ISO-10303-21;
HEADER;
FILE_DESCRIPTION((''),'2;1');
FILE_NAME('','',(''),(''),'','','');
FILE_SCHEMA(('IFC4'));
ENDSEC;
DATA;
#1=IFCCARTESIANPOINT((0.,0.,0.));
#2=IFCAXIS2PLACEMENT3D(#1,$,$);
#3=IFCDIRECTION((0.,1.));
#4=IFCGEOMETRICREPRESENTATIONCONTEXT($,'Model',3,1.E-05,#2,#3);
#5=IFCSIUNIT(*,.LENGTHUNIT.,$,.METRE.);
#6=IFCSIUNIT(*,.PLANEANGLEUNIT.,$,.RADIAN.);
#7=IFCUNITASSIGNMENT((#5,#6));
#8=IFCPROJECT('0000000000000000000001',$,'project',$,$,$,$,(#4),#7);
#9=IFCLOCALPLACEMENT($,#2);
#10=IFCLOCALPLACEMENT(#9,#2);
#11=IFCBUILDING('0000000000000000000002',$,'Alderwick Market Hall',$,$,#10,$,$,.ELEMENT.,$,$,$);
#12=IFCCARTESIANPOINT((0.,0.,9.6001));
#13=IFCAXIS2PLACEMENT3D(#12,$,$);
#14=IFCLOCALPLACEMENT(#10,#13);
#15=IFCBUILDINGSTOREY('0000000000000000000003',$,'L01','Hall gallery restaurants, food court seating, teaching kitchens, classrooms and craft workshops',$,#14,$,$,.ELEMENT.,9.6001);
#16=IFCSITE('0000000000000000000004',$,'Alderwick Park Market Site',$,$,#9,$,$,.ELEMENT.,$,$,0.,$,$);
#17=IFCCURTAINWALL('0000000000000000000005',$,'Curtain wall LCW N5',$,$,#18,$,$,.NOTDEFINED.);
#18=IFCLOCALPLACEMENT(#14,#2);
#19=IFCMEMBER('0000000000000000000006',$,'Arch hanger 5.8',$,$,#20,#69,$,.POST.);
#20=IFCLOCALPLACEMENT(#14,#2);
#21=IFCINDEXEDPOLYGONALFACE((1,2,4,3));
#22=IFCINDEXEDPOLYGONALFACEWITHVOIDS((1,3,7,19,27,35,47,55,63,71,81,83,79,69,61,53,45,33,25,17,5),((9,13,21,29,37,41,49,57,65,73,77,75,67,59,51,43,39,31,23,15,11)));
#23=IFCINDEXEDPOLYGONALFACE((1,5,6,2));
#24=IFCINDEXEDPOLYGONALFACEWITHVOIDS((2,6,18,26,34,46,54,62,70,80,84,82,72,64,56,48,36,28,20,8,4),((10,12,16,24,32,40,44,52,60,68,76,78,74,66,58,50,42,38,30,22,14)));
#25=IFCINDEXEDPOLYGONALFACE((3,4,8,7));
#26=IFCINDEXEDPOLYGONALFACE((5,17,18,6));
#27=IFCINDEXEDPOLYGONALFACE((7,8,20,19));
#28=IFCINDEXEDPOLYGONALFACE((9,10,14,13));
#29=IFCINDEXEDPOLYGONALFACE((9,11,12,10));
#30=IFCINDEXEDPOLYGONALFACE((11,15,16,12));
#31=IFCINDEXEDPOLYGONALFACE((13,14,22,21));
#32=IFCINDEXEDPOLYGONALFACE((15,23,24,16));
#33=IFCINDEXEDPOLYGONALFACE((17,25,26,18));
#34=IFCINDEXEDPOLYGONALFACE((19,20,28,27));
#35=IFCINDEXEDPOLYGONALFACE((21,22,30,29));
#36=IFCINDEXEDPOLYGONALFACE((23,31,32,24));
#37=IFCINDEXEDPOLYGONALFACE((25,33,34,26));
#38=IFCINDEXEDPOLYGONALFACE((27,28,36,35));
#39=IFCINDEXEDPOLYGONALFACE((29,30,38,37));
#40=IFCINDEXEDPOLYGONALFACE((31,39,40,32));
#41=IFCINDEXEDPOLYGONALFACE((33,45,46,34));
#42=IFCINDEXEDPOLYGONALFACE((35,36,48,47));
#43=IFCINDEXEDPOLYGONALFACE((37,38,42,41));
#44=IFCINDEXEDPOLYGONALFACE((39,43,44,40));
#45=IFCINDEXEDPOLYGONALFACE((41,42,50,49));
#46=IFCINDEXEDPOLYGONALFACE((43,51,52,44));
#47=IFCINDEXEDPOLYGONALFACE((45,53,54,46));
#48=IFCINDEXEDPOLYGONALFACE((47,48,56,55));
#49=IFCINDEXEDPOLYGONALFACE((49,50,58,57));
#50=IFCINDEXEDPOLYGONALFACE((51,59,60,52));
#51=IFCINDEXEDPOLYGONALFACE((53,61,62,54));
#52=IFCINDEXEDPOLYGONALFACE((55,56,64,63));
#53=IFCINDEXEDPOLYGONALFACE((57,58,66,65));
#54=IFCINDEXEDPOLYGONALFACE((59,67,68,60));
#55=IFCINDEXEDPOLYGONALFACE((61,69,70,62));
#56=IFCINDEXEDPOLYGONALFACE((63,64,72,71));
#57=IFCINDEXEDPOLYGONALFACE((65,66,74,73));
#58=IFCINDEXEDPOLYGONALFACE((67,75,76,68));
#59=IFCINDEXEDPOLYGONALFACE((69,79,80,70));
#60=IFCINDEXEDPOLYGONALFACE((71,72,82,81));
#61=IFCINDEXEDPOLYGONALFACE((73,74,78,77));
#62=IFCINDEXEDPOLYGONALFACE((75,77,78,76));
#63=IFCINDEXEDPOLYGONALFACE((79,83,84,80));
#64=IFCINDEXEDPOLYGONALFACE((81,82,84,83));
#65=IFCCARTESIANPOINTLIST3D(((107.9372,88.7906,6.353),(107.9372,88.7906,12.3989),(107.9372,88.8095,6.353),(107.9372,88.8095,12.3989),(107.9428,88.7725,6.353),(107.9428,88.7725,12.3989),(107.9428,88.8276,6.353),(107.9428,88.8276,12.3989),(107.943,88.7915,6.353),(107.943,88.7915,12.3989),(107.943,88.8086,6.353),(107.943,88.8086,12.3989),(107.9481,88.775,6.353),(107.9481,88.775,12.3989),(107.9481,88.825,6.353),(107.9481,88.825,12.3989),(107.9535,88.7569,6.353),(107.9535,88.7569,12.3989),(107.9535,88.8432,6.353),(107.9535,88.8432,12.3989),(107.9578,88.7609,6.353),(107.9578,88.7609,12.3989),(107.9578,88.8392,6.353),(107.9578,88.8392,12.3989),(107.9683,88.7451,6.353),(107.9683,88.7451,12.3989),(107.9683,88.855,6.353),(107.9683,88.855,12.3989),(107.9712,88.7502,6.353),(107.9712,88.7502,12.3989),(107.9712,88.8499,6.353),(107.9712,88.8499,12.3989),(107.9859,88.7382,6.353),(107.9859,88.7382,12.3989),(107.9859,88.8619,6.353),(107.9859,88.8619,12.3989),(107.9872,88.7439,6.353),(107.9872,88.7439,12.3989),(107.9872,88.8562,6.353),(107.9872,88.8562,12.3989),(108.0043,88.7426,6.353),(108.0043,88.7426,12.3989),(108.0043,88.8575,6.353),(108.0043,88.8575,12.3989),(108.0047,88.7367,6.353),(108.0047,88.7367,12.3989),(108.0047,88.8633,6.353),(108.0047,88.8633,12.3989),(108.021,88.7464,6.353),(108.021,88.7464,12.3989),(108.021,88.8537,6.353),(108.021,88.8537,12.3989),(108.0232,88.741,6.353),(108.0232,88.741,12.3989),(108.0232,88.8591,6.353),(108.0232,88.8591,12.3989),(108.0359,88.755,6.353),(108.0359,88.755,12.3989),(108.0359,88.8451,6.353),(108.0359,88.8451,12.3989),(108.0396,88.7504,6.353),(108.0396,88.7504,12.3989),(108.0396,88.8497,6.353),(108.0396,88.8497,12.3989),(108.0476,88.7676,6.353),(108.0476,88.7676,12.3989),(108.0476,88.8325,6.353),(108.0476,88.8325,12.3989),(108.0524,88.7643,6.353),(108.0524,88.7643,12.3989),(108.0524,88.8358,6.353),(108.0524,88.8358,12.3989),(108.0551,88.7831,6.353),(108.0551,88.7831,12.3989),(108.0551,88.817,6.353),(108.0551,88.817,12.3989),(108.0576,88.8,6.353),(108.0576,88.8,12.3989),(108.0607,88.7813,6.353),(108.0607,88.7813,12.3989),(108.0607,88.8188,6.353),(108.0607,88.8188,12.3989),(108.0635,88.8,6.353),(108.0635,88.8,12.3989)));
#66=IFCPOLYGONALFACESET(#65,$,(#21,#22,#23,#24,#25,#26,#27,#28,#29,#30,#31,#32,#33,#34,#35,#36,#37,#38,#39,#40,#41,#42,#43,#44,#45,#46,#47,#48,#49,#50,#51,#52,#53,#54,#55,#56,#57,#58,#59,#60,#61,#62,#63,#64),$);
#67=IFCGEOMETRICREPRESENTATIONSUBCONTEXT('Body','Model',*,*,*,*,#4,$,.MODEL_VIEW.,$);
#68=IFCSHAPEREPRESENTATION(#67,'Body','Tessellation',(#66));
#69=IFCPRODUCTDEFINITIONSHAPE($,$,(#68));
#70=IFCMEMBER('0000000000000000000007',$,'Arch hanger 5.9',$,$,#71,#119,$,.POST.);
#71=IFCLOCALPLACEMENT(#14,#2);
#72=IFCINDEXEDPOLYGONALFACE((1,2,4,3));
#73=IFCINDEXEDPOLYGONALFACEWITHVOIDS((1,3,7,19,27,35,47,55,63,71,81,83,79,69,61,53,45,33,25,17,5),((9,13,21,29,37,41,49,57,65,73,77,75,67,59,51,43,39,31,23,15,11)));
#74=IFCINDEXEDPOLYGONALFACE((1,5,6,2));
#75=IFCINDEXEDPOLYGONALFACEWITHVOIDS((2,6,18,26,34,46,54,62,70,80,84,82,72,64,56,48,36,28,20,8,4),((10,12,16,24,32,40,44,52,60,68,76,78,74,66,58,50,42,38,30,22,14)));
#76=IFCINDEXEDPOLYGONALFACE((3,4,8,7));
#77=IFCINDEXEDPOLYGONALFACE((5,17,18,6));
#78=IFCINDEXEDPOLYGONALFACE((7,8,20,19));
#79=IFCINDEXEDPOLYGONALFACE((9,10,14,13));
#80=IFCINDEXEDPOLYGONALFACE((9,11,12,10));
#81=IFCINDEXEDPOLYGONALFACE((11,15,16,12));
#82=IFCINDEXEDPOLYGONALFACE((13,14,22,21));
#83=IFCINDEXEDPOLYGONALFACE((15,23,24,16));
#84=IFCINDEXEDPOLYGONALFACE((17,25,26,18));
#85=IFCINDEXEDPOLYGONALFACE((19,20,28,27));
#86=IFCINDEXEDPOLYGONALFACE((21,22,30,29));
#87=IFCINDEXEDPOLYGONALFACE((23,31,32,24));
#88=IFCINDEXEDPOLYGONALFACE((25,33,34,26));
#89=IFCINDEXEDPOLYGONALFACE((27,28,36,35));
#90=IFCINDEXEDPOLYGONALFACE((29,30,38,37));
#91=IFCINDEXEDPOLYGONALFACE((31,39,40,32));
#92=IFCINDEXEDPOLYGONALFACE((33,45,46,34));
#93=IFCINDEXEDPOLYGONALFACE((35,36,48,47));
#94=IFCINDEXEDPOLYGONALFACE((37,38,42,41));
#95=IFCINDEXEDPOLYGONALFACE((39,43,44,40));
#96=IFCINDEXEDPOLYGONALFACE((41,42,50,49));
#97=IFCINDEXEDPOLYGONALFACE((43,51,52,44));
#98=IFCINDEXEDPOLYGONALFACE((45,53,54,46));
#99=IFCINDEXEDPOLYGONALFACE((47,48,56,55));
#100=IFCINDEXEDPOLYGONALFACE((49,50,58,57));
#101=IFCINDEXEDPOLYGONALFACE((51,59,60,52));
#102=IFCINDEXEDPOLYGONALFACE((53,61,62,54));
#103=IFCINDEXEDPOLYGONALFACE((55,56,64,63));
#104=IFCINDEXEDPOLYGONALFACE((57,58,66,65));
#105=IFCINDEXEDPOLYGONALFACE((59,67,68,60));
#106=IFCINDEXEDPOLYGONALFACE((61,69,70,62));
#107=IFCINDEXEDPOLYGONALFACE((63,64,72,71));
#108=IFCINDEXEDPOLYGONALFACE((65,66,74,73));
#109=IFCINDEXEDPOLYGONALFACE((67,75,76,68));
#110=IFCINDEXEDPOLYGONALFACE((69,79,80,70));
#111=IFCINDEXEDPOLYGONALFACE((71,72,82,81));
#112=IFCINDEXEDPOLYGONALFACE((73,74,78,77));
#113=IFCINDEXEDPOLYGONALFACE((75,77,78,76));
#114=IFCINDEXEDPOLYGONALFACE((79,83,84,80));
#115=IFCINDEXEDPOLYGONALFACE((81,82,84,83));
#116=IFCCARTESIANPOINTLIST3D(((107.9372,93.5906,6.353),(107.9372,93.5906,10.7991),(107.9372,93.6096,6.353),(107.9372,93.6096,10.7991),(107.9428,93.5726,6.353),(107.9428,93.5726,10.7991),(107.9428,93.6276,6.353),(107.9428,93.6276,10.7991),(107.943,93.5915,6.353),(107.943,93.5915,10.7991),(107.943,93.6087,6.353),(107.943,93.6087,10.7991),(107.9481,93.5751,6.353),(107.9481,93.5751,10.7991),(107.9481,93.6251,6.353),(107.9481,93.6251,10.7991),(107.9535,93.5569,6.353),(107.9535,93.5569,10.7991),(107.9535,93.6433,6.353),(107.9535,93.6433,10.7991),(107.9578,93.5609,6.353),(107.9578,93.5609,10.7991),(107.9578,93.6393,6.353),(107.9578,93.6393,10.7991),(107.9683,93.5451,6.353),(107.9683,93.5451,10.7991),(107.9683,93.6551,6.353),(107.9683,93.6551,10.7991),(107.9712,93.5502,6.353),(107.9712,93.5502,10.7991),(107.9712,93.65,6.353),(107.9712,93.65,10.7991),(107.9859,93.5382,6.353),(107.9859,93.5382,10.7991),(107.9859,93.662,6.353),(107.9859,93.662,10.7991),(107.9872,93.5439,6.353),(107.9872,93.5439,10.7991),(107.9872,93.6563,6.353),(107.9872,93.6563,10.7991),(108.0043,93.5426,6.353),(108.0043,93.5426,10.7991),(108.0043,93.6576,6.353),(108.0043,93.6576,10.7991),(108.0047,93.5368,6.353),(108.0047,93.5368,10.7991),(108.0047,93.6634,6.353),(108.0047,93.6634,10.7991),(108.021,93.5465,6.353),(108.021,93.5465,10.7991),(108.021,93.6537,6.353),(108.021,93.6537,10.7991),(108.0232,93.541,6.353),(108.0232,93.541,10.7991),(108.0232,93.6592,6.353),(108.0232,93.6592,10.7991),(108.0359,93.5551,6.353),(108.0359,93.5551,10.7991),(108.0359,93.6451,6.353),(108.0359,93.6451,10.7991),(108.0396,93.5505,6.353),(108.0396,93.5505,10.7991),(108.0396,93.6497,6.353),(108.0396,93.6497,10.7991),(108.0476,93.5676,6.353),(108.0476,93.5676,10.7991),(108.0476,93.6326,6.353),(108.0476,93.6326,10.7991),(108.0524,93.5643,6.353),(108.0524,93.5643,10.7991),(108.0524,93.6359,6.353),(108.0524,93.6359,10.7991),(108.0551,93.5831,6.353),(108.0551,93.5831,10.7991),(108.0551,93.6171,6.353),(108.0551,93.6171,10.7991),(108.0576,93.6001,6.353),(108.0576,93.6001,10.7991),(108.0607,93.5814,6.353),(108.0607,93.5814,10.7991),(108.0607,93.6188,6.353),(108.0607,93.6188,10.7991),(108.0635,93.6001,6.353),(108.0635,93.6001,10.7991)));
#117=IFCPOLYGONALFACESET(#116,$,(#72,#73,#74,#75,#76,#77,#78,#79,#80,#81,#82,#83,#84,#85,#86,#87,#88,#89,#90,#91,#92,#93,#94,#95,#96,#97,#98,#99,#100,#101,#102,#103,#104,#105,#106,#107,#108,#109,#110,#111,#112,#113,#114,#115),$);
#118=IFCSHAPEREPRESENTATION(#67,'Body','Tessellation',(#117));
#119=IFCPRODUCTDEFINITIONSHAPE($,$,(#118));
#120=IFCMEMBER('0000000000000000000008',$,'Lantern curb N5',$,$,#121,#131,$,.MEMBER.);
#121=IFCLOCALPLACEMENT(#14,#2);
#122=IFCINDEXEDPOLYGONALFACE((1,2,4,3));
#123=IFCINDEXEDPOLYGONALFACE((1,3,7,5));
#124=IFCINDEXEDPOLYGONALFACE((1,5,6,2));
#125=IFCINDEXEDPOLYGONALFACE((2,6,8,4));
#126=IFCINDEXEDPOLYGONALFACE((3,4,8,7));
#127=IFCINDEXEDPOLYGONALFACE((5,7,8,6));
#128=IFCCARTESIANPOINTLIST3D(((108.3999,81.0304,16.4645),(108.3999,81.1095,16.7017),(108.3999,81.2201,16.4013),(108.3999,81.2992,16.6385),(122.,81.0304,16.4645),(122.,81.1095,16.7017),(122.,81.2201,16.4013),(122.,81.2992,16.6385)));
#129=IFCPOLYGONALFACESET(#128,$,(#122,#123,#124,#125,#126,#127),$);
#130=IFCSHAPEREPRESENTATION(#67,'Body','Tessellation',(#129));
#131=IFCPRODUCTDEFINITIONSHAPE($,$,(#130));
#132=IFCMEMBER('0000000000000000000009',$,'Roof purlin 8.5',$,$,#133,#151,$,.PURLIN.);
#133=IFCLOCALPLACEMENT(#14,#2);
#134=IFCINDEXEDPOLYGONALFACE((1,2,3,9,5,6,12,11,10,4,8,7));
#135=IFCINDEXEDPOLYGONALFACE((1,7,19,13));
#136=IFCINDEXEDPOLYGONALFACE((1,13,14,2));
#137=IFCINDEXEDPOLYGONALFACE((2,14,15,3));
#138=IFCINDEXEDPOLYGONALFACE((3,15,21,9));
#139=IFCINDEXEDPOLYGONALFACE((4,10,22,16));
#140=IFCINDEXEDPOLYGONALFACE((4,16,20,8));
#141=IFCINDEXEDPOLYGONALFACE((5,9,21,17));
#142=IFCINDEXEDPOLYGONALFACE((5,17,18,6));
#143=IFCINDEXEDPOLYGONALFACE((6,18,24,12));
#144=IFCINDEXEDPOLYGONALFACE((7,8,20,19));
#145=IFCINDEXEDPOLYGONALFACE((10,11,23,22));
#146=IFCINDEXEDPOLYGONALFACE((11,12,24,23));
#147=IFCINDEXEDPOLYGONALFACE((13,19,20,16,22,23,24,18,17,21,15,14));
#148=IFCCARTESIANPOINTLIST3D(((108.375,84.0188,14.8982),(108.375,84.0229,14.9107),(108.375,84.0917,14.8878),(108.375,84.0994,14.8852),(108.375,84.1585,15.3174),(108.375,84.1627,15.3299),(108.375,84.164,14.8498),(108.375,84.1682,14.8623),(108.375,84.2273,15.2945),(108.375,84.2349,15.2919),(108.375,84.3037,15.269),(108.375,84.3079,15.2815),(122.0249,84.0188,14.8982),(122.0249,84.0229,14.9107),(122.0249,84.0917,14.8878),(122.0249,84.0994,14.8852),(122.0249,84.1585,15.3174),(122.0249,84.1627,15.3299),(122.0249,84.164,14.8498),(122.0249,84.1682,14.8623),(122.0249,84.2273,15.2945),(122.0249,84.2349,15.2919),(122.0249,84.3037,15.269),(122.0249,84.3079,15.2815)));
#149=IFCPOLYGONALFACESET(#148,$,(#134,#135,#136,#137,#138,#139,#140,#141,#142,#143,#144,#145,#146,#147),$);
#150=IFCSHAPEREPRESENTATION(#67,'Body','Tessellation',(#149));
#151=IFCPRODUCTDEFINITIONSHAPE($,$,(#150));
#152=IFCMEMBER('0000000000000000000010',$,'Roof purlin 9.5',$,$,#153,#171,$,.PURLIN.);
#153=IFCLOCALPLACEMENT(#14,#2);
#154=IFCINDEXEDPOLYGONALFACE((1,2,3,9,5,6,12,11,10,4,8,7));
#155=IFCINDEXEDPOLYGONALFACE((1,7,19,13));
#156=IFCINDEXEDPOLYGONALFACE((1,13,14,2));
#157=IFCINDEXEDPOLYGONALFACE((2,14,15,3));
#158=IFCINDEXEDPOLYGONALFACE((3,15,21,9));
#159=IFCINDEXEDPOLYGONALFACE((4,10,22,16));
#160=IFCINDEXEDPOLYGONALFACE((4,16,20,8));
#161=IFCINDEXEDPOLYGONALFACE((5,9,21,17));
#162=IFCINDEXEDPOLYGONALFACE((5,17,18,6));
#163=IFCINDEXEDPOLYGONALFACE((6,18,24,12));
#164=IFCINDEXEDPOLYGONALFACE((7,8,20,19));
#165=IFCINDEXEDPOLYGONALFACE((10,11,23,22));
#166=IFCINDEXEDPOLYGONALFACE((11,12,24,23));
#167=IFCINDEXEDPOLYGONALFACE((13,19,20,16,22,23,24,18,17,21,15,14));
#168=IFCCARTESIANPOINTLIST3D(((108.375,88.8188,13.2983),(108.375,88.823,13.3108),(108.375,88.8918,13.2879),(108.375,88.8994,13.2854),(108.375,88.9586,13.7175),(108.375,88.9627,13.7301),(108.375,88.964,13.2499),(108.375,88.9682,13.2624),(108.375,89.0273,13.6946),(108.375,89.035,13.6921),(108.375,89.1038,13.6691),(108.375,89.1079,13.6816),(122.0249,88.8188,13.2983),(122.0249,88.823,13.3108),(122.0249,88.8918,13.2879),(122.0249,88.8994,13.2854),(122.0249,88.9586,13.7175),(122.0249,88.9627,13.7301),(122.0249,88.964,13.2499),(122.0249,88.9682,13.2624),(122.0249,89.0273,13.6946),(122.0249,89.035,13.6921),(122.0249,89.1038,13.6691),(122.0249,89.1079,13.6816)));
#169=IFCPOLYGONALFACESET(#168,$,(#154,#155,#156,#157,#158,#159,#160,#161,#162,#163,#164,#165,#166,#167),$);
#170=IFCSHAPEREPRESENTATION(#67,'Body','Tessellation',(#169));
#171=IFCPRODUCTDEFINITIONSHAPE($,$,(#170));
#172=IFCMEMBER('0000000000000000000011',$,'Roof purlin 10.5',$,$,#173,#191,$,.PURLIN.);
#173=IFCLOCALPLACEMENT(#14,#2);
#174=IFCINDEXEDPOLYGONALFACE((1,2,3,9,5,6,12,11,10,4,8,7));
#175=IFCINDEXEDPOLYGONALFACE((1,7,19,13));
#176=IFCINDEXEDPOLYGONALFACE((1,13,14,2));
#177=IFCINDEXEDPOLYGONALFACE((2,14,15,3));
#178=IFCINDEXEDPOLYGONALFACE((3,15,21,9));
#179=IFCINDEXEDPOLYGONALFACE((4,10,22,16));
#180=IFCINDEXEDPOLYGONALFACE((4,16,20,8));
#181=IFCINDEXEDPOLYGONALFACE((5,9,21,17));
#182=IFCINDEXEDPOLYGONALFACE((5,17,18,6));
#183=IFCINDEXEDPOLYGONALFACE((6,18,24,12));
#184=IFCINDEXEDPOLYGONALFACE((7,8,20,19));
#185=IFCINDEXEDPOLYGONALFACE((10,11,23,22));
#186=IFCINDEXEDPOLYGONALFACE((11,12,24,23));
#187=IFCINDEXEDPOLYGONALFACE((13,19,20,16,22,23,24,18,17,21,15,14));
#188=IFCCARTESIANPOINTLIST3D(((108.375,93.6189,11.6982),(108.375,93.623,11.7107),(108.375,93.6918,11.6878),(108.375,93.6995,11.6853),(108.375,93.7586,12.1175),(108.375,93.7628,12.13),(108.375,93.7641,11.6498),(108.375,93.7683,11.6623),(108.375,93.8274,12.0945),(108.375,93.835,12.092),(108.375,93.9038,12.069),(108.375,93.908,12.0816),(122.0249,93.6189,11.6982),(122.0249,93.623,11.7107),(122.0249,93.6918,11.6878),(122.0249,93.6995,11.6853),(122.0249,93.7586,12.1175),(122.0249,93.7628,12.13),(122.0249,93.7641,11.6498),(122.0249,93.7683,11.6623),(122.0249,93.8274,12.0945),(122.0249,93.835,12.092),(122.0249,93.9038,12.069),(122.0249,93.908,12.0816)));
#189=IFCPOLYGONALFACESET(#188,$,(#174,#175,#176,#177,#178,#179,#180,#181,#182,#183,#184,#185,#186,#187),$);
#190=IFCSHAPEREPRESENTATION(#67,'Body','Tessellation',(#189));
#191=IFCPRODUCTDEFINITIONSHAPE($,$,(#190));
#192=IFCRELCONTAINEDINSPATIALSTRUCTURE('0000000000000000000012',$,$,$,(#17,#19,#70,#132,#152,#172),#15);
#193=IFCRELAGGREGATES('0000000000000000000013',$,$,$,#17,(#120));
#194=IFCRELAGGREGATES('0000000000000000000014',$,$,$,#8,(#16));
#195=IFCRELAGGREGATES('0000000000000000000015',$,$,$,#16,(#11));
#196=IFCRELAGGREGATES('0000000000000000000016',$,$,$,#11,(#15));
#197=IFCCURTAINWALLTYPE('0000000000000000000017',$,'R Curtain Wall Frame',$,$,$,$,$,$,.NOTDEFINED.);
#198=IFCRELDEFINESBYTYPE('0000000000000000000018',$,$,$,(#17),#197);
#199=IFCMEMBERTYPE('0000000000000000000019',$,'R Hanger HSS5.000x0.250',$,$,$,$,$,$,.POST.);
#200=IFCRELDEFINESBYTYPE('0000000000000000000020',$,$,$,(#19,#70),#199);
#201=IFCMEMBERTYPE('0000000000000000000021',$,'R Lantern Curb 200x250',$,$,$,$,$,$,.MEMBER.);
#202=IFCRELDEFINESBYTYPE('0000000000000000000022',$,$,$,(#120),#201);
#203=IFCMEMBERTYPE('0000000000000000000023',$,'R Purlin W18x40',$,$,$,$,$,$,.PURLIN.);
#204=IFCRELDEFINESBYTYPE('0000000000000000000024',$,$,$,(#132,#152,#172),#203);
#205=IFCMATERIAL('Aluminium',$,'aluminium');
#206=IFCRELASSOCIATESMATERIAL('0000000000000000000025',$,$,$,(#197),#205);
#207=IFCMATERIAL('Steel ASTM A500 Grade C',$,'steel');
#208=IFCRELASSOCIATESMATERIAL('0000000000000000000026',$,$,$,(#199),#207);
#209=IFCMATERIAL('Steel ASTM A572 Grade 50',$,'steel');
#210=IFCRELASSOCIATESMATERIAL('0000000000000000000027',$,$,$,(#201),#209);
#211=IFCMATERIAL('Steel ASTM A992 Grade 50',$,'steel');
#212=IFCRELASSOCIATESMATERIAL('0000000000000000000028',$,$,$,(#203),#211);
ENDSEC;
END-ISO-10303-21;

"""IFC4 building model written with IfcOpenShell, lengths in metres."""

from ifc_helpers import new_model, si_unit, direction, frame, origin, origin_2d, place, context, subcontext, project, spatial, rectangle, hollow_circle, i_section, extrude, material, material_profile, profile_set, type_object, element, aggregate, save


model = new_model("IFC4")

# Units and contexts
model_context = context("Model", 3, precision=1e-05, world=origin(), true_north=direction((0.0, 1.0)))
body_context = subcontext(model_context, "Body", "Model", "MODEL_VIEW")
ifc_project = project(units=[si_unit("LENGTHUNIT", "METRE"), si_unit("PLANEANGLEUNIT", "RADIAN")], contexts=[model_context])

# Site, building, storey
site_placement = place(None, origin())
site = spatial("IfcSite", under=ifc_project, at=site_placement, Name="Alderwick Park Market Site", CompositionType="ELEMENT", RefElevation=0.0)
building_placement = place(site_placement, origin())
building = spatial("IfcBuilding", under=site, at=building_placement, Name="Alderwick Market Hall", CompositionType="ELEMENT")
storey_placement = place(building_placement, frame((0.0, 0.0, 9.6001)))
storey = spatial("IfcBuildingStorey", under=building, at=storey_placement, Name="L01", Description="Hall gallery restaurants, food court seating, teaching kitchens, classrooms and craft workshops", CompositionType="ELEMENT", Elevation=9.6001)

# Curtain wall
ifc_material_1 = material(Name="Aluminium", Category="aluminium")
curtain_wall_type = type_object("IfcCurtainWallType", Name="R Curtain Wall Frame", PredefinedType="NOTDEFINED", material=ifc_material_1)
curtain_wall_placement = place(storey_placement, origin())
curtain_wall = element("IfcCurtainWall", 1, at=curtain_wall_placement, inside=storey, type_object=curtain_wall_type, Name="Curtain wall LCW N5", PredefinedType="NOTDEFINED")

# Members
ifc_material_2 = material(Name="Steel ASTM A500 Grade C", Category="steel")
ifc_material_profile_1 = material_profile(ifc_material_2, hollow_circle(Radius=0.0635, WallThickness=0.0059, at=origin_2d()), Name="HSS5.000x0.250")
ifc_profile_set_1 = profile_set([ifc_material_profile_1], Name="Steel ASTM A500 Grade C")
member_type_1 = type_object("IfcMemberType", Name="R Hanger HSS5.000x0.250", PredefinedType="POST", material=ifc_profile_set_1)
member_1_placement = place(storey_placement, frame((108.0, 88.8, 6.353), z_axis=(0.0, 0.0, 1.0), x_axis=(1.0, 0.0, 0.0)))
element("IfcMember", 2, at=member_1_placement, inside=storey, type_object=member_type_1, Name="Arch hanger 5.8", PredefinedType="POST", context=body_context, shape_type="SweptSolid", body=[
    extrude(hollow_circle(Radius=0.0635, WallThickness=0.0059, at=origin_2d()), origin(), (0.0, 0.0, 1.0), 6.0459),
])
member_2_placement = place(storey_placement, frame((108.0, 93.6001, 6.353), z_axis=(0.0, 0.0, 1.0), x_axis=(1.0, 0.0, 0.0)))
element("IfcMember", 3, at=member_2_placement, inside=storey, type_object=member_type_1, Name="Arch hanger 5.9", PredefinedType="POST", context=body_context, shape_type="SweptSolid", body=[
    extrude(hollow_circle(Radius=0.0635, WallThickness=0.0059, at=origin_2d()), origin(), (0.0, 0.0, 1.0), 4.446),
])

# Member
ifc_material_3 = material(Name="Steel ASTM A572 Grade 50", Category="steel")
ifc_material_profile_2 = material_profile(ifc_material_3, rectangle(XDim=0.2, YDim=0.25, at=origin_2d()), Name="Steel plate curb 200x250")
ifc_profile_set_2 = profile_set([ifc_material_profile_2], Name="Steel ASTM A572 Grade 50")
member_type_2 = type_object("IfcMemberType", Name="R Lantern Curb 200x250", PredefinedType="MEMBER", material=ifc_profile_set_2)
member_3_placement = place(storey_placement, frame((108.3999, 81.1648, 16.5515), z_axis=(1.0, 0.0, 0.0), x_axis=(0.0, 0.948683, -0.316228)))
member_3 = element("IfcMember", 4, at=member_3_placement, type_object=member_type_2, Name="Lantern curb N5", PredefinedType="MEMBER", context=body_context, shape_type="SweptSolid", body=[
    extrude(rectangle(XDim=0.2, YDim=0.25, at=origin_2d()), origin(), (0.0, 0.0, 1.0), 13.6001),
])

# Members
ifc_material_4 = material(Name="Steel ASTM A992 Grade 50", Category="steel")
ifc_material_profile_3 = material_profile(ifc_material_4, i_section(OverallWidth=0.1531, OverallDepth=0.4551, WebThickness=0.0081, FlangeThickness=0.0132, at=origin_2d()), Name="W18x40")
ifc_profile_set_3 = profile_set([ifc_material_profile_3], Name="Steel ASTM A992 Grade 50")
member_type_3 = type_object("IfcMemberType", Name="R Purlin W18x40", PredefinedType="PURLIN", material=ifc_profile_set_3)
for number, where, z_axis, x_axis, name in (
    (5, (108.375, 84.1633, 15.0898), (1.0, 0.0, 0.0), (0.0, 0.948683, -0.316228), "Roof purlin 8.5"),
    (6, (108.375, 88.9634, 13.49), (1.0, 0.0, 0.0), (0.0, 0.948683, -0.316228), "Roof purlin 9.5"),
    (7, (108.375, 93.7634, 11.8899), (1.0, 0.0, 0.0), (0.0, 0.948683, -0.316228), "Roof purlin 10.5"),
):
    element("IfcMember", number, at=place(storey_placement, frame(where, z_axis=z_axis, x_axis=x_axis)), inside=storey, type_object=member_type_3, Name=name, PredefinedType="PURLIN", context=body_context, shape_type="SweptSolid", body=[
        extrude(i_section(OverallWidth=0.1531, OverallDepth=0.4551, WebThickness=0.0081, FlangeThickness=0.0132, at=origin_2d()), origin(), (0.0, 0.0, 1.0), 13.6499),
    ])

aggregate(curtain_wall, [member_3])

save(model, "model.ifc")
